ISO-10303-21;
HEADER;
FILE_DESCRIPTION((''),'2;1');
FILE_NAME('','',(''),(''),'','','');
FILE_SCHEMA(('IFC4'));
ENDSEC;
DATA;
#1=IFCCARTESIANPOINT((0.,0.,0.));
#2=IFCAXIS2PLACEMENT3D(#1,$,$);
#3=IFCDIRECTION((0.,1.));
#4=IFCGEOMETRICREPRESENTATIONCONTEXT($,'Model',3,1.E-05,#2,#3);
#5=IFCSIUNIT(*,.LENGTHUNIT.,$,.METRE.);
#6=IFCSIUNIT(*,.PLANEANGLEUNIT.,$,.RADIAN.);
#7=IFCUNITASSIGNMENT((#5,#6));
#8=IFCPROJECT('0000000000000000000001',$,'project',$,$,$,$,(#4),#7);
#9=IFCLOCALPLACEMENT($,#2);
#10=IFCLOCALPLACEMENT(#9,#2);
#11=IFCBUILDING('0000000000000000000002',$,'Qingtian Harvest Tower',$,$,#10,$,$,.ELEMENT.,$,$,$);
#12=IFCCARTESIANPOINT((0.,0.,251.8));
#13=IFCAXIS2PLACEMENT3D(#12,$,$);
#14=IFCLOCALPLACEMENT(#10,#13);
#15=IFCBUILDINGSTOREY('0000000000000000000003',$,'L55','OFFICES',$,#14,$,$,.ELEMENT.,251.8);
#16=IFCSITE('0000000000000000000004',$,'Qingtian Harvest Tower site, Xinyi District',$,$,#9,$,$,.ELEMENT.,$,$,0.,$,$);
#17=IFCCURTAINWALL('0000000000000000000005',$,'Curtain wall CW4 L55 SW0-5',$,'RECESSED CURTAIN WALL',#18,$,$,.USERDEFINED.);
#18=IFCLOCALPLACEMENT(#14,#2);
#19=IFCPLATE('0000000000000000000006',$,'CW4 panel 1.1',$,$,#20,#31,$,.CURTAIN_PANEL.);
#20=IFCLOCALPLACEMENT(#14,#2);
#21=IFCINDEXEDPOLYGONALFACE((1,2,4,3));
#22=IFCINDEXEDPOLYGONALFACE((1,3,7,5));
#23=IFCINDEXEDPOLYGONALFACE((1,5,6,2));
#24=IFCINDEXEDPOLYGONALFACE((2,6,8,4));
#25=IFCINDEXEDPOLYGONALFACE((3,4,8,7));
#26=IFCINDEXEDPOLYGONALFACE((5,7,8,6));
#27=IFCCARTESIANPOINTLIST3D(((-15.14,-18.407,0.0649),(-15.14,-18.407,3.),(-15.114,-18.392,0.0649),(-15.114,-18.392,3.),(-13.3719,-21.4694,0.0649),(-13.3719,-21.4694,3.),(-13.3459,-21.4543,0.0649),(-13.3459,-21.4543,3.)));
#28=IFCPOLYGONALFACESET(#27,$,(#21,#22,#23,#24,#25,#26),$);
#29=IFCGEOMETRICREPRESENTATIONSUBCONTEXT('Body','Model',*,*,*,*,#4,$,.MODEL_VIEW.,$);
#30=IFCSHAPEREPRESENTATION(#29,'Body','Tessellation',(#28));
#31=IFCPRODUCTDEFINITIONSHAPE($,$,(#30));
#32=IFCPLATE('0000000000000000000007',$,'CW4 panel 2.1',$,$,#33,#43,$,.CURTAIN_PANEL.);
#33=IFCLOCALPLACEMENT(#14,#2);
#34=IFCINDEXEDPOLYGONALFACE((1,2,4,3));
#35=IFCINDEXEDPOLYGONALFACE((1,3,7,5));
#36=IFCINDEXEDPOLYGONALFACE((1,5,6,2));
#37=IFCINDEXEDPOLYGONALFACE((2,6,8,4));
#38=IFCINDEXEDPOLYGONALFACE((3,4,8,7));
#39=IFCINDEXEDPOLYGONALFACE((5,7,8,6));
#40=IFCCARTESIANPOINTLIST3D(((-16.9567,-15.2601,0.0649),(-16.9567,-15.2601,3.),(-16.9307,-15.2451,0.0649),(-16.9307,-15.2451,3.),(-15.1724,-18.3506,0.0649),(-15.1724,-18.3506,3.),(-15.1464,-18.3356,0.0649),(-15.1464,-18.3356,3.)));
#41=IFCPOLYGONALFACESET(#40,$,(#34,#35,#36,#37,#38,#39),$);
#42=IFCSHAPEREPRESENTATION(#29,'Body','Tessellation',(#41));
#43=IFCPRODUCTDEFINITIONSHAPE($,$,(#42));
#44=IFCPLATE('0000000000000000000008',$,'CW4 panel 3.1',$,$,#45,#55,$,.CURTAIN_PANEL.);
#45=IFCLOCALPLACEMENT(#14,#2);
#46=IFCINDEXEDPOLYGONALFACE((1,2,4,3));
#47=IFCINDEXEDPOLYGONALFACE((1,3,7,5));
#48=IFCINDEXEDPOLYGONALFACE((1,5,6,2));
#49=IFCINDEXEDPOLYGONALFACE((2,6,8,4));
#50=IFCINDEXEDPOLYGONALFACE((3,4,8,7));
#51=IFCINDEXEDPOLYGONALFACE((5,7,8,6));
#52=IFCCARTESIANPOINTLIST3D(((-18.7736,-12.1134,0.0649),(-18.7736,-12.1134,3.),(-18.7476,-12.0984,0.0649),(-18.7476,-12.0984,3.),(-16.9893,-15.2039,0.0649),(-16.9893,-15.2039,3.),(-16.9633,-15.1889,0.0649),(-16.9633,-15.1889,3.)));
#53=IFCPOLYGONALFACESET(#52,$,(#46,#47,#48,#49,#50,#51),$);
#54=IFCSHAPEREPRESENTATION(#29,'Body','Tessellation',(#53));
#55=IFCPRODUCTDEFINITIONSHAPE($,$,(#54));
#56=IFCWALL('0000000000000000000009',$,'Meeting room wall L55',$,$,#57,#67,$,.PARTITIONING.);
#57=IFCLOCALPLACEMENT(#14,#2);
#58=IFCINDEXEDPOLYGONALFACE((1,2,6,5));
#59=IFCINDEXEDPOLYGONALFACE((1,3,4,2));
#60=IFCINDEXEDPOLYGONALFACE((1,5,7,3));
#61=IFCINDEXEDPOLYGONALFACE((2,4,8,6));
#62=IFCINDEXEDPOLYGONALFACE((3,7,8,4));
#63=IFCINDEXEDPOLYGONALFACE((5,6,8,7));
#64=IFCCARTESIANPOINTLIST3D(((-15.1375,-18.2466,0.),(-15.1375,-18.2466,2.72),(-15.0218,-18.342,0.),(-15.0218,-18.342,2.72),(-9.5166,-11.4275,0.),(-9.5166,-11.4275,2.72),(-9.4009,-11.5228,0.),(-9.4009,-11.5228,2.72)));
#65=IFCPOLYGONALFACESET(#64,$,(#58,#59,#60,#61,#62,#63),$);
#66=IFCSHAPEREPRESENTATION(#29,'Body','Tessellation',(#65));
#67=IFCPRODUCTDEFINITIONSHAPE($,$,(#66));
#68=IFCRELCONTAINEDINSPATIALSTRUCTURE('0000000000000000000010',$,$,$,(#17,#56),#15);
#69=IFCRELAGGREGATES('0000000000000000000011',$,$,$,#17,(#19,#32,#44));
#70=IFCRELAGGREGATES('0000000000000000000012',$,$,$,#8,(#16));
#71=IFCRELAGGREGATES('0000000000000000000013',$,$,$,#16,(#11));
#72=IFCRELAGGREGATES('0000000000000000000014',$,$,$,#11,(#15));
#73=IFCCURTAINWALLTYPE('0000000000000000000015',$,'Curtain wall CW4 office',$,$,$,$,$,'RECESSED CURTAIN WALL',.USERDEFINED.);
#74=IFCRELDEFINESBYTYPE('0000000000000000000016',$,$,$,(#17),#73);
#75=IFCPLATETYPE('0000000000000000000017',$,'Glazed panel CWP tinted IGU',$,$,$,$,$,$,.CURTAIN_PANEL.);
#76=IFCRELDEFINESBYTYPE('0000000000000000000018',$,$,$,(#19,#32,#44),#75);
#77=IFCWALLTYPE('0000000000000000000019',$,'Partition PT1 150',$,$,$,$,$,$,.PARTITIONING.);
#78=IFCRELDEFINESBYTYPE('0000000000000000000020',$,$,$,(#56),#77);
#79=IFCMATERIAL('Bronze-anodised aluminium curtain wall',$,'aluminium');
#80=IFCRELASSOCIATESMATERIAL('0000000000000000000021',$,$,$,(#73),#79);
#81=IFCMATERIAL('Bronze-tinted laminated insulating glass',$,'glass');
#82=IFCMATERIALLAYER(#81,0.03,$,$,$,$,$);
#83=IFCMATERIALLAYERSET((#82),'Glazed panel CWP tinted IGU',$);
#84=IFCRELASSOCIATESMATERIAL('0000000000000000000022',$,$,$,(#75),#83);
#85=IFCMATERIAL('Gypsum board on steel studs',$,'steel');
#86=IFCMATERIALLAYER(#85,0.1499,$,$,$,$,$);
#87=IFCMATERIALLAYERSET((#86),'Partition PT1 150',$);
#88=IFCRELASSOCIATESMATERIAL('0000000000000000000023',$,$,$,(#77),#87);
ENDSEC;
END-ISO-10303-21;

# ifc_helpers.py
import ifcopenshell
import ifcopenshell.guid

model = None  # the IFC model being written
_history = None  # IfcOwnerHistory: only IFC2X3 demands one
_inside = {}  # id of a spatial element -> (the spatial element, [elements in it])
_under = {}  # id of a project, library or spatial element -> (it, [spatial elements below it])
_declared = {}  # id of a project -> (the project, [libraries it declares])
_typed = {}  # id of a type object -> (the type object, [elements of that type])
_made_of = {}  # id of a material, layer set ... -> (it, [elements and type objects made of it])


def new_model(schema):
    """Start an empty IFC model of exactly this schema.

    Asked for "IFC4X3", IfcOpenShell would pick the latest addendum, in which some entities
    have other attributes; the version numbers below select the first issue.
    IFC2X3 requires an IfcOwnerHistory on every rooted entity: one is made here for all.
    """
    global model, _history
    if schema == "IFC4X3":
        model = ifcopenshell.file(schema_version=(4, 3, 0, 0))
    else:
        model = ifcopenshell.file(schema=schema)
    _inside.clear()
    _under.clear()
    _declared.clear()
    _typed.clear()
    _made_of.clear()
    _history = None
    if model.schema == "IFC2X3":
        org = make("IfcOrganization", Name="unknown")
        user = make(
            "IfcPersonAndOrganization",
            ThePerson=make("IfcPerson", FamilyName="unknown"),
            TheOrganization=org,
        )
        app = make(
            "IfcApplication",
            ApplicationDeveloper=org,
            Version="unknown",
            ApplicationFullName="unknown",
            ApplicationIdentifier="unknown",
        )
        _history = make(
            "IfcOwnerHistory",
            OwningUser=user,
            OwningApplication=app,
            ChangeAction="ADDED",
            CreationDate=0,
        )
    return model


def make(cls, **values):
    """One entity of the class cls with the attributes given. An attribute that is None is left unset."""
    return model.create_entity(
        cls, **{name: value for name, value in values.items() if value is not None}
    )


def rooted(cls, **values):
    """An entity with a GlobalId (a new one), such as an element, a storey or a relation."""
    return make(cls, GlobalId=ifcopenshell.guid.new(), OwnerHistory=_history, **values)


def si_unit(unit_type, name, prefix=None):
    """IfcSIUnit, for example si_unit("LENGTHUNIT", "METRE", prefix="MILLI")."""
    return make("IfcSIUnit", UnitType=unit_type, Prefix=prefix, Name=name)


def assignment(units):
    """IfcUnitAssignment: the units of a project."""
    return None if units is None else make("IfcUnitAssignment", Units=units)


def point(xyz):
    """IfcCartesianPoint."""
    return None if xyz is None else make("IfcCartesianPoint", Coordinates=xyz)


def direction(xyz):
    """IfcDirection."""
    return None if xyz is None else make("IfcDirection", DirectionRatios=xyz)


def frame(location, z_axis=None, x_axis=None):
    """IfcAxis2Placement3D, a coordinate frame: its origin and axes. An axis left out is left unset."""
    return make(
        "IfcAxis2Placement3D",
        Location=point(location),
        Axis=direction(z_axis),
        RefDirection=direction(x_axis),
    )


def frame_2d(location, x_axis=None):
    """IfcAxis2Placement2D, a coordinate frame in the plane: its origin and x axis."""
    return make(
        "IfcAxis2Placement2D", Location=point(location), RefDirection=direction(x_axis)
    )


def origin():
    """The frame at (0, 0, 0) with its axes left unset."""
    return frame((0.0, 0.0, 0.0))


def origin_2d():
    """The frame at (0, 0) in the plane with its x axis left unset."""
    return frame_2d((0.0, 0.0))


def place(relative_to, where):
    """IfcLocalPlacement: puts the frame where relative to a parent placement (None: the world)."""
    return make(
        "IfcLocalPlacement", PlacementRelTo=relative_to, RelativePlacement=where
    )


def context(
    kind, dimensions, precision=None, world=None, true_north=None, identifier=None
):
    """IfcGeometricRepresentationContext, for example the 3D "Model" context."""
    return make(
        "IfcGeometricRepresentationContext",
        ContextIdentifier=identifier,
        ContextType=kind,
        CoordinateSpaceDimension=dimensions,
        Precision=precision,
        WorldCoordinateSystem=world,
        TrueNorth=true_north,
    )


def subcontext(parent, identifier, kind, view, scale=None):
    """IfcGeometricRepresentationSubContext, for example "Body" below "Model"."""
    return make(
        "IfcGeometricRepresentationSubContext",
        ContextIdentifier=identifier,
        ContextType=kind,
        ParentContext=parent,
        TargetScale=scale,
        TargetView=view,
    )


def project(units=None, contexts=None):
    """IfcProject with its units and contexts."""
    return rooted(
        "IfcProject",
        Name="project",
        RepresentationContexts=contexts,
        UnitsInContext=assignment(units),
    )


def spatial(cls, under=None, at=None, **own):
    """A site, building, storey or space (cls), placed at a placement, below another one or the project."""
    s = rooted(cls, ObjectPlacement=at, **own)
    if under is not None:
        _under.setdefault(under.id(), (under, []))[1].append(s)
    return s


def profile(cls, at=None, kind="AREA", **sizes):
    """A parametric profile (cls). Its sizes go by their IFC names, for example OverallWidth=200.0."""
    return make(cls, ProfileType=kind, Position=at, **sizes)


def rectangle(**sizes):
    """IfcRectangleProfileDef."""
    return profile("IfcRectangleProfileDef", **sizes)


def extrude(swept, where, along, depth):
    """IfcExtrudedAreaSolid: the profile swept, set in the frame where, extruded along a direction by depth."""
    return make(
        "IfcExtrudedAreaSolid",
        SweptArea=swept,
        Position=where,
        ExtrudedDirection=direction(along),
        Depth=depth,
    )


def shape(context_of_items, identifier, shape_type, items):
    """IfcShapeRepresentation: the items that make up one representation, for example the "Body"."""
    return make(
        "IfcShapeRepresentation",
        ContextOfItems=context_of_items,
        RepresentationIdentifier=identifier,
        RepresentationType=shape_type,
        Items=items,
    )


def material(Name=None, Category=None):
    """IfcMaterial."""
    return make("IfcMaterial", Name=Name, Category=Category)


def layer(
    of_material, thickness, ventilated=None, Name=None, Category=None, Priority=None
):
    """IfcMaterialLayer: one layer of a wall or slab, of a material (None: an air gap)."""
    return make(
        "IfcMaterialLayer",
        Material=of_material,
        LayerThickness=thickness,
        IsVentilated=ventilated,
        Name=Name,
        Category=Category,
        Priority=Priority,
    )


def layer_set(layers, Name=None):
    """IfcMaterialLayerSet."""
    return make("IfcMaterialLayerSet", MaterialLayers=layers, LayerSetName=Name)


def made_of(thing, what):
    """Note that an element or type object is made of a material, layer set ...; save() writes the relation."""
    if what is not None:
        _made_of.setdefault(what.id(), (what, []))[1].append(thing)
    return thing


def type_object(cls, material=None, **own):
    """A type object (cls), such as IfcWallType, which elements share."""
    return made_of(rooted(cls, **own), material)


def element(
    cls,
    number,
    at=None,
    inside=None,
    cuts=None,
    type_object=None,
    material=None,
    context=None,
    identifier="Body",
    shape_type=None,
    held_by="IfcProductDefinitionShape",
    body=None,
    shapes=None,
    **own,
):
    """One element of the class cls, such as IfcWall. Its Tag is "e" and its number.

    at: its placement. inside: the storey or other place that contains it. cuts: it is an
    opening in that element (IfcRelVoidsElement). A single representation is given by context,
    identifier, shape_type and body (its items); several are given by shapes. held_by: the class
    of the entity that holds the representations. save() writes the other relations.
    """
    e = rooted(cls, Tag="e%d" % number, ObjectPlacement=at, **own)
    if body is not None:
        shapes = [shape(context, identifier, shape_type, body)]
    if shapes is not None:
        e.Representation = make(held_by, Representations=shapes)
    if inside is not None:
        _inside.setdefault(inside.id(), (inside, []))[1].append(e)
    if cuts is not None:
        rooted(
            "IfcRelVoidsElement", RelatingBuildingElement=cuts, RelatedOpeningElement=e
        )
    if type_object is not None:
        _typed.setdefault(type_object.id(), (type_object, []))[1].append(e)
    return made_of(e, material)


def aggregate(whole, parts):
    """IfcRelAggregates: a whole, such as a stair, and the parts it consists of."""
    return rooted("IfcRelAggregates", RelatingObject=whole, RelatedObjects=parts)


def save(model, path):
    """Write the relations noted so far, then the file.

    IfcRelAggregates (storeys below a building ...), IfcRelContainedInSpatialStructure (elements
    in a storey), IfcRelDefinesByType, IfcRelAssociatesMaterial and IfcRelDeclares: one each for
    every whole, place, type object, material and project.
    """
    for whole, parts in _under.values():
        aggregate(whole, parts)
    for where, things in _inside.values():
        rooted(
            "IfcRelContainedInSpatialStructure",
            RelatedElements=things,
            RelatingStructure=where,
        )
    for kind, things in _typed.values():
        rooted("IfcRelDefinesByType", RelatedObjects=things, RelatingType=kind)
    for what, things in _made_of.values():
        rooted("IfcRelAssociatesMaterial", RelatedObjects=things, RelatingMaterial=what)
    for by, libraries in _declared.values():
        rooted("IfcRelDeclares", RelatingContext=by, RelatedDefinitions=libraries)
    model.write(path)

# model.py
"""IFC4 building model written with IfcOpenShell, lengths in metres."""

from ifc_helpers import new_model, si_unit, direction, frame, frame_2d, origin, origin_2d, place, context, subcontext, project, spatial, rectangle, extrude, material, layer, layer_set, type_object, element, aggregate, save


model = new_model("IFC4")

# Units and contexts
model_context = context("Model", 3, precision=1e-05, world=origin(), true_north=direction((0.0, 1.0)))
body_context = subcontext(model_context, "Body", "Model", "MODEL_VIEW")
ifc_project = project(units=[si_unit("LENGTHUNIT", "METRE"), si_unit("PLANEANGLEUNIT", "RADIAN")], contexts=[model_context])

# Site, building, storey
site_placement = place(None, origin())
site = spatial("IfcSite", under=ifc_project, at=site_placement, Name="Qingtian Harvest Tower site, Xinyi District", CompositionType="ELEMENT", RefElevation=0.0)
building_placement = place(site_placement, origin())
building = spatial("IfcBuilding", under=site, at=building_placement, Name="Qingtian Harvest Tower", CompositionType="ELEMENT")
storey_placement = place(building_placement, frame((0.0, 0.0, 251.8)))
storey = spatial("IfcBuildingStorey", under=building, at=storey_placement, Name="L55", Description="OFFICES", CompositionType="ELEMENT", Elevation=251.8)

# Shared definitions
ifc_material_1 = material(Name="Bronze-anodised aluminium curtain wall", Category="aluminium")
curtain_wall_type = type_object("IfcCurtainWallType", Name="Curtain wall CW4 office", ElementType="RECESSED CURTAIN WALL", PredefinedType="USERDEFINED", material=ifc_material_1)

# Curtain wall
curtain_wall_1_placement = place(storey_placement, origin())
curtain_wall_1 = element("IfcCurtainWall", 1, at=curtain_wall_1_placement, inside=storey, type_object=curtain_wall_type, Name="Curtain wall CW4 L55 SW0-5", ObjectType="RECESSED CURTAIN WALL", PredefinedType="USERDEFINED")

# Plates
ifc_material_2 = material(Name="Bronze-tinted laminated insulating glass", Category="glass")
ifc_layer_1 = layer(ifc_material_2, 0.03)
ifc_layer_set_1 = layer_set([ifc_layer_1], Name="Glazed panel CWP tinted IGU")
plate_type = type_object("IfcPlateType", Name="Glazed panel CWP tinted IGU", PredefinedType="CURTAIN_PANEL", material=ifc_layer_set_1)
plate_1_placement = place(storey_placement, frame((-14.2429, -19.9307, 0.0649), z_axis=(0.0, 0.0, 1.0), x_axis=(-0.5, 0.866025, 0.0)))
plate_1 = element("IfcPlate", 2, at=plate_1_placement, type_object=plate_type, Name="CW4 panel 1.1", PredefinedType="CURTAIN_PANEL", context=body_context, shape_type="SweptSolid", body=[
    extrude(rectangle(XDim=3.5361, YDim=0.03, at=origin_2d()), origin(), (0.0, 0.0, 1.0), 2.9351),
])
plate_2_placement = place(storey_placement, frame((-16.0515, -16.7979, 0.0649), z_axis=(0.0, 0.0, 1.0), x_axis=(-0.5, 0.866025, 0.0)))
plate_2 = element("IfcPlate", 3, at=plate_2_placement, type_object=plate_type, Name="CW4 panel 2.1", PredefinedType="CURTAIN_PANEL", context=body_context, shape_type="SweptSolid", body=[
    extrude(rectangle(XDim=3.5686, YDim=0.03, at=origin_2d()), origin(), (0.0, 0.0, 1.0), 2.9351),
])
plate_3_placement = place(storey_placement, frame((-17.8684, -13.6511, 0.0649), z_axis=(0.0, 0.0, 1.0), x_axis=(-0.5, 0.866025, 0.0)))
plate_3 = element("IfcPlate", 4, at=plate_3_placement, type_object=plate_type, Name="CW4 panel 3.1", PredefinedType="CURTAIN_PANEL", context=body_context, shape_type="SweptSolid", body=[
    extrude(rectangle(XDim=3.5686, YDim=0.03, at=origin_2d()), origin(), (0.0, 0.0, 1.0), 2.9351),
])
aggregate(curtain_wall_1, [plate_1, plate_2, plate_3])

# Wall
ifc_material_3 = material(Name="Gypsum board on steel studs", Category="steel")
ifc_layer_2 = layer(ifc_material_3, 0.1499)
ifc_layer_set_2 = layer_set([ifc_layer_2], Name="Partition PT1 150")
wall_type = type_object("IfcWallType", Name="Partition PT1 150", PredefinedType="PARTITIONING", material=ifc_layer_set_2)
wall_1_placement = place(storey_placement, frame((-15.0796, -18.2942, 0.0), z_axis=(0.0, 0.0, 1.0), x_axis=(0.636053, 0.771645, 0.0)))
element("IfcWall", 5, at=wall_1_placement, inside=storey, type_object=wall_type, Name="Meeting room wall L55", PredefinedType="PARTITIONING", context=body_context, shape_type="SweptSolid", body=[
    extrude(rectangle(XDim=8.8372, YDim=0.1499, at=frame_2d((4.4185, 0.0))), origin(), (0.0, 0.0, 1.0), 2.72),
])

save(model, "model.ifc")
